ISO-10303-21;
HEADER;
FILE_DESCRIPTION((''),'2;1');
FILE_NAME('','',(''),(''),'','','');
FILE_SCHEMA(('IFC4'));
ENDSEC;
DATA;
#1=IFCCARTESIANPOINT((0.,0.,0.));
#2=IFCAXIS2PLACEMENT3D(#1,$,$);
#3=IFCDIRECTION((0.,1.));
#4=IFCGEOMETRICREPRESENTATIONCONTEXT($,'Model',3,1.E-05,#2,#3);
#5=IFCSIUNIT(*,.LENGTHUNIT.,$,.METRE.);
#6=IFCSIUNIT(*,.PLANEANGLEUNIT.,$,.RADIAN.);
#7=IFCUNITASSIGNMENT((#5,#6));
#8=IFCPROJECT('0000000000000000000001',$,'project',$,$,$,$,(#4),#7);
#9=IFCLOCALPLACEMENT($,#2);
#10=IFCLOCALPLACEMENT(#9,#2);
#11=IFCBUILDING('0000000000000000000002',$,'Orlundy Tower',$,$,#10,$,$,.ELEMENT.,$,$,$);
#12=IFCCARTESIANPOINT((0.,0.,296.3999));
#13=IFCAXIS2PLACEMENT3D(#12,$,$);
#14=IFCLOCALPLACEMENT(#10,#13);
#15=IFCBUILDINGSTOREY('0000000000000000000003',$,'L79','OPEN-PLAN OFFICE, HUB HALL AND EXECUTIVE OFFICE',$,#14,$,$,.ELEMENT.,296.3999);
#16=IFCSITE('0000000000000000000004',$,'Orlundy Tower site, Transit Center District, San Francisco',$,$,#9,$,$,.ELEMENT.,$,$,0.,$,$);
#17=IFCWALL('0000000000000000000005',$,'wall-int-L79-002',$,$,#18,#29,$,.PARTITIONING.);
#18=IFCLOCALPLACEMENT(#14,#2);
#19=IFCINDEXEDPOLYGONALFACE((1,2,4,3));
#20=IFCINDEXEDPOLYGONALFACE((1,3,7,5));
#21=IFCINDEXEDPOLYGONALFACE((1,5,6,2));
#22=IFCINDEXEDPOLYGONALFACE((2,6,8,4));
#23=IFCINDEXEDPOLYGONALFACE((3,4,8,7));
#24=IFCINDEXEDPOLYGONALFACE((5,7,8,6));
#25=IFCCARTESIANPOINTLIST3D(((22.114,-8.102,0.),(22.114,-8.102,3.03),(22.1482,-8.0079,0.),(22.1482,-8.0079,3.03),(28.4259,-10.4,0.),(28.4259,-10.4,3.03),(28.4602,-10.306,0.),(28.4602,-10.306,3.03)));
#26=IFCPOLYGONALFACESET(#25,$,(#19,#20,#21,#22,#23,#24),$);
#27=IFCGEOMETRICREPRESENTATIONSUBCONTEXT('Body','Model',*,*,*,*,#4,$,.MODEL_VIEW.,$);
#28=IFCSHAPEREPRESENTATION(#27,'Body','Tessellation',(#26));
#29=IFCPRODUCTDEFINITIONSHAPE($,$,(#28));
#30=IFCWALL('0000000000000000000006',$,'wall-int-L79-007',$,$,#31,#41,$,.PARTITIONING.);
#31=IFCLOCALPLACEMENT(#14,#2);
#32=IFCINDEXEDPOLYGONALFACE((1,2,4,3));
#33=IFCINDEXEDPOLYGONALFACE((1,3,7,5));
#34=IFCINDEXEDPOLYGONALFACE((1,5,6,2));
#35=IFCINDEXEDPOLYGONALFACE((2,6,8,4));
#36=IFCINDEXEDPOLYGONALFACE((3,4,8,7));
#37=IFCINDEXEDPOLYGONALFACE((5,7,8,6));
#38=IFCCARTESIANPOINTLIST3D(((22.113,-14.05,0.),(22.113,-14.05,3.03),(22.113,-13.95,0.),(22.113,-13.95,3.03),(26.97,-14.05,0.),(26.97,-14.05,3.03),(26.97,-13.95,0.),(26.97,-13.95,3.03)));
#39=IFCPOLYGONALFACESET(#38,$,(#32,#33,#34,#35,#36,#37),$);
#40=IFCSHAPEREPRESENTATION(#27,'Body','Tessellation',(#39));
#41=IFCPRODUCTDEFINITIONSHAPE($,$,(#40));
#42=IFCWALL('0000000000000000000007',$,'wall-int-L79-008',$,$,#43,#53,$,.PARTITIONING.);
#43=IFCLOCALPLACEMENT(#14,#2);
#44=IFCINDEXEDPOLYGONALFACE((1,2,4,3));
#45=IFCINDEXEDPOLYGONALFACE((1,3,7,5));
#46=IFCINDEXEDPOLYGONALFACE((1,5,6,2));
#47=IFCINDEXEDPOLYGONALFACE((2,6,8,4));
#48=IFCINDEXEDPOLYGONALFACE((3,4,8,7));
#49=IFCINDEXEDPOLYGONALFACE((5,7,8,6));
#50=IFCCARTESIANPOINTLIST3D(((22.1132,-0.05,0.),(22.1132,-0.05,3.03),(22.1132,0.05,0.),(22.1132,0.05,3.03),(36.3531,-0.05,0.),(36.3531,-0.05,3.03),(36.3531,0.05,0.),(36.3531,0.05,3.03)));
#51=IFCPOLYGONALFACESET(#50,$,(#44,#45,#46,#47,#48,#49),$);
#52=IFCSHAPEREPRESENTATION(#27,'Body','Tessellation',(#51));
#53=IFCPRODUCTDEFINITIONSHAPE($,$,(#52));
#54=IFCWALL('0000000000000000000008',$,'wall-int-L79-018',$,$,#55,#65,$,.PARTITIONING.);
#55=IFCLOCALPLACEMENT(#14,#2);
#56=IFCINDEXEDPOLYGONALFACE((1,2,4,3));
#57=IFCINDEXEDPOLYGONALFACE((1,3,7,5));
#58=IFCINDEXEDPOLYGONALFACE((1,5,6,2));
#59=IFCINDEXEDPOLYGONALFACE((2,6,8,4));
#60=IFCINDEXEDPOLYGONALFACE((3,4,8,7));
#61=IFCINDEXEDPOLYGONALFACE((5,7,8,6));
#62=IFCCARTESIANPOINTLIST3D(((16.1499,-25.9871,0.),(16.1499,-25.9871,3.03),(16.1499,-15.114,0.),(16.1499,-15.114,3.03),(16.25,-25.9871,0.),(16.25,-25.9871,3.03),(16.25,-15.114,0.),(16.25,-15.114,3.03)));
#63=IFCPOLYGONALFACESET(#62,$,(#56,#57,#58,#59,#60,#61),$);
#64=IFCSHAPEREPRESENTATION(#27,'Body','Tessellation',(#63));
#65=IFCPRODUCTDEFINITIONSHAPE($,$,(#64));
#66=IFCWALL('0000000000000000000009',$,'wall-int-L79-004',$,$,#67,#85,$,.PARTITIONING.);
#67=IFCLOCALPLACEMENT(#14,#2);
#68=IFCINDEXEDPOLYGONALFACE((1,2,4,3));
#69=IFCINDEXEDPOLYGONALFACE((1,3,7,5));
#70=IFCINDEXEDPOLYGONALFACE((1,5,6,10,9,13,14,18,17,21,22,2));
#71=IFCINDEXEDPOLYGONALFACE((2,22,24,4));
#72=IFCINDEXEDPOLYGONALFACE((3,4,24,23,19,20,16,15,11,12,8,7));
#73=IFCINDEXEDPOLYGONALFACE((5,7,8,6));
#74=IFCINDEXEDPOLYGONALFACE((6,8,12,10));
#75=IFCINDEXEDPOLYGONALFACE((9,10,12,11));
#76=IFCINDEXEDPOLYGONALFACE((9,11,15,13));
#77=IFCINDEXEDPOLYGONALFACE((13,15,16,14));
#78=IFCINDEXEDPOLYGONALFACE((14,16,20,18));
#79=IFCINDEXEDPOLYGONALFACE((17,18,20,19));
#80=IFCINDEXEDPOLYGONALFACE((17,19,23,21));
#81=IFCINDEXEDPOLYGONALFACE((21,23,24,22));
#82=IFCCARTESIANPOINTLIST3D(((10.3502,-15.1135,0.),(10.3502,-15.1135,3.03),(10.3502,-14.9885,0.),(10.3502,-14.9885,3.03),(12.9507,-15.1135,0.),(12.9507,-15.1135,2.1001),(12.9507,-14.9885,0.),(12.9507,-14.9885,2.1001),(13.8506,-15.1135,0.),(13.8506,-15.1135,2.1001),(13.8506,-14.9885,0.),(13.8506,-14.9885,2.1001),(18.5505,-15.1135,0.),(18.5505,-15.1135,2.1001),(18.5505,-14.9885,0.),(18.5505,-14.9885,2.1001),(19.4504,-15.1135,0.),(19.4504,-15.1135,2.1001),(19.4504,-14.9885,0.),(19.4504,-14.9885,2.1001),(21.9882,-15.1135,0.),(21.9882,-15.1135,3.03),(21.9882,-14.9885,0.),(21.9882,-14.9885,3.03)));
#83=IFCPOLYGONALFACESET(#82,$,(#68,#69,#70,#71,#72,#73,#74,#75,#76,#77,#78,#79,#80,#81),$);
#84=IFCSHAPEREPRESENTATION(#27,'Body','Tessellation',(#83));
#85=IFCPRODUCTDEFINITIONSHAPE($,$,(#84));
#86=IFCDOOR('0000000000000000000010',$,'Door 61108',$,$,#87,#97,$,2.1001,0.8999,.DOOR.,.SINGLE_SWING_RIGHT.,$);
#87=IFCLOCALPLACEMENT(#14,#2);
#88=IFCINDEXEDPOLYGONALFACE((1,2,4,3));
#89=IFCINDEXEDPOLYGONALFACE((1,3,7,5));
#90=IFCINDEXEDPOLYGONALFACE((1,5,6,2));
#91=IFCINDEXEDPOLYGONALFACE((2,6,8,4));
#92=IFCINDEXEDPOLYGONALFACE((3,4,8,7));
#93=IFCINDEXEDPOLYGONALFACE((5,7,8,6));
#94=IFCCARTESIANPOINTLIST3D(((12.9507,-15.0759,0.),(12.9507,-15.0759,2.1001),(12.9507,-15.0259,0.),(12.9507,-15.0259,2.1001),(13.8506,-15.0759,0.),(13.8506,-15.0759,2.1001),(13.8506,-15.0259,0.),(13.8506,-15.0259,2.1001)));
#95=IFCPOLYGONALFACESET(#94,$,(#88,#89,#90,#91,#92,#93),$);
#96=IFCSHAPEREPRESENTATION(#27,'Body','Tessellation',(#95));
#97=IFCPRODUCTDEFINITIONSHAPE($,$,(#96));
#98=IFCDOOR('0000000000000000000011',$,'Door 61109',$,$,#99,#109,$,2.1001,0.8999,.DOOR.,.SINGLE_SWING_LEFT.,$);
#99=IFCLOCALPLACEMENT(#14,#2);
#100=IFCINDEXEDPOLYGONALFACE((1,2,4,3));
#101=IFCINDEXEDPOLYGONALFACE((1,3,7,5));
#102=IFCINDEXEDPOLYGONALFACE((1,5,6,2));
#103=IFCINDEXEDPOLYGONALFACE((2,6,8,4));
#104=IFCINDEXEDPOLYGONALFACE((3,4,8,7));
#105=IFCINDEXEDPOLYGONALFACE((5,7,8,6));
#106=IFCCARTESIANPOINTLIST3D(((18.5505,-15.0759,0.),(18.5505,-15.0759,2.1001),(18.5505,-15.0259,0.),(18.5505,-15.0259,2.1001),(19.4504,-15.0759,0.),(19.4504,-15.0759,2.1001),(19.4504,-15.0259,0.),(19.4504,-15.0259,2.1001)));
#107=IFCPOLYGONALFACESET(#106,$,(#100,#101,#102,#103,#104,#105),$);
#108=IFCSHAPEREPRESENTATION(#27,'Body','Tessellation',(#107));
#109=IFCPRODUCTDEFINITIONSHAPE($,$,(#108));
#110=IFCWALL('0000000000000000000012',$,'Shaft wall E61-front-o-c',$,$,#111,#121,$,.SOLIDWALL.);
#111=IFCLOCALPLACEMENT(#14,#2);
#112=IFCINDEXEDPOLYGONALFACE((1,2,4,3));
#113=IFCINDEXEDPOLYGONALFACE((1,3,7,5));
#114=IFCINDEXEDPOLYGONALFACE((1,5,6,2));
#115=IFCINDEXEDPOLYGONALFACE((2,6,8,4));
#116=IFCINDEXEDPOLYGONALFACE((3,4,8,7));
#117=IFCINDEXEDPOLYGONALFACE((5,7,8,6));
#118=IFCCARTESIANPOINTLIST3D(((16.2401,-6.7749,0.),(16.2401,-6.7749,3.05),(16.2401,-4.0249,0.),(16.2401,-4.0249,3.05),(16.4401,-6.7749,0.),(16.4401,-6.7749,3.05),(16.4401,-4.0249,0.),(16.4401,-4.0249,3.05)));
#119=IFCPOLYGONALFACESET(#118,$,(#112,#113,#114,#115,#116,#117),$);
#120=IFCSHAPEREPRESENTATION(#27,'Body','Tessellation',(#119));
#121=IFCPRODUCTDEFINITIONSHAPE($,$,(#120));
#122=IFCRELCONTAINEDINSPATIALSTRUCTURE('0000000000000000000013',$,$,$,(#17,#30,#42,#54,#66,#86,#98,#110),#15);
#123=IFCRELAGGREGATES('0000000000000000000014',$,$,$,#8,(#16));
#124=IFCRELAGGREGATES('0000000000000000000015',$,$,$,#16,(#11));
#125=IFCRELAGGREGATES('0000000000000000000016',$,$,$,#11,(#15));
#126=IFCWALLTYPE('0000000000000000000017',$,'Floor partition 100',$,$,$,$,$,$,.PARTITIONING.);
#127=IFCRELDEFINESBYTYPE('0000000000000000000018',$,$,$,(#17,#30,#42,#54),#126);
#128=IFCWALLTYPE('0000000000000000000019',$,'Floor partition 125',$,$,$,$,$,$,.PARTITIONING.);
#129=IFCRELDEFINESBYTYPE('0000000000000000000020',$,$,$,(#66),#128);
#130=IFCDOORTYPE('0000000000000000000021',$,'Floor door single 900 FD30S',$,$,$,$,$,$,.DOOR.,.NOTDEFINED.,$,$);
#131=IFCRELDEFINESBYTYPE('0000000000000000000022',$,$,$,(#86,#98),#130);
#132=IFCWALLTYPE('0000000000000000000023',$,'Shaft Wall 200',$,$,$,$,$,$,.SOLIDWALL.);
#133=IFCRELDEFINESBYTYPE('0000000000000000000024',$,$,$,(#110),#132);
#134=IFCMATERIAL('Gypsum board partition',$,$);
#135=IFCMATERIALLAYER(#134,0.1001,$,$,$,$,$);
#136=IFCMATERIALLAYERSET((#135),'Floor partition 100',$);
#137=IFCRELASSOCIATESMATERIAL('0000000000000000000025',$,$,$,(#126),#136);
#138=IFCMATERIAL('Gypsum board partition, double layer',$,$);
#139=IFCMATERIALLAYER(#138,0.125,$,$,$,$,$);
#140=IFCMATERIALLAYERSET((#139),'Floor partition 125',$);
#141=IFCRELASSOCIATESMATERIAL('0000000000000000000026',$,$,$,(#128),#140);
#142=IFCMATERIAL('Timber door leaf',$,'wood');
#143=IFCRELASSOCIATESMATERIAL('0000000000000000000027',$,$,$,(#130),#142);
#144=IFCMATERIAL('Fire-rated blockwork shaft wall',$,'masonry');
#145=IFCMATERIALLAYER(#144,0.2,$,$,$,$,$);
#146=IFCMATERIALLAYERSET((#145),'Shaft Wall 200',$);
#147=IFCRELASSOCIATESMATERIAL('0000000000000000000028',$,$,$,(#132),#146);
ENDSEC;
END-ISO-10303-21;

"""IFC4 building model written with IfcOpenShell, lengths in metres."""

from ifc_helpers import new_model, si_unit, direction, frame, frame_2d, origin, place, context, subcontext, project, spatial, rectangle, extrude, material, layer, layer_set, type_object, element, fill, save


model = new_model("IFC4")

# Units and contexts
model_context = context("Model", 3, precision=1e-05, world=origin(), true_north=direction((0.0, 1.0)))
body_context = subcontext(model_context, "Body", "Model", "MODEL_VIEW")
ifc_project = project(units=[si_unit("LENGTHUNIT", "METRE"), si_unit("PLANEANGLEUNIT", "RADIAN")], contexts=[model_context])

# Site, building, storey
site_placement = place(None, origin())
site = spatial("IfcSite", under=ifc_project, at=site_placement, Name="Orlundy Tower site, Transit Center District, San Francisco", CompositionType="ELEMENT", RefElevation=0.0)
building_placement = place(site_placement, origin())
building = spatial("IfcBuilding", under=site, at=building_placement, Name="Orlundy Tower", CompositionType="ELEMENT")
storey_placement = place(building_placement, frame((0.0, 0.0, 296.3999)))
storey = spatial("IfcBuildingStorey", under=building, at=storey_placement, Name="L79", Description="OPEN-PLAN OFFICE, HUB HALL AND EXECUTIVE OFFICE", CompositionType="ELEMENT", Elevation=296.3999)

# Walls
ifc_material_1 = material(Name="Gypsum board partition")
ifc_layer_1 = layer(ifc_material_1, 0.1001)
ifc_layer_set_1 = layer_set([ifc_layer_1], Name="Floor partition 100")
wall_type_1 = type_object("IfcWallType", Name="Floor partition 100", PredefinedType="PARTITIONING", material=ifc_layer_set_1)
wall_1_placement = place(storey_placement, frame((22.1311, -8.0549, 0.0), z_axis=(0.0, 0.0, 1.0), x_axis=(0.939659, -0.342114, 0.0)))
element("IfcWall", 1, at=wall_1_placement, inside=storey, type_object=wall_type_1, Name="wall-int-L79-002", PredefinedType="PARTITIONING", context=body_context, shape_type="SweptSolid", body=[
    extrude(rectangle(XDim=6.7173, YDim=0.1001, at=frame_2d((3.3586, 0.0))), origin(), (0.0, 0.0, 1.0), 3.03),
])
wall_2_placement = place(storey_placement, frame((22.113, -14.0, 0.0), z_axis=(0.0, 0.0, 1.0), x_axis=(1.0, 0.0, 0.0)))
element("IfcWall", 2, at=wall_2_placement, inside=storey, type_object=wall_type_1, Name="wall-int-L79-007", PredefinedType="PARTITIONING", context=body_context, shape_type="SweptSolid", body=[
    extrude(rectangle(XDim=4.8569, YDim=0.1001, at=frame_2d((2.4285, 0.0))), origin(), (0.0, 0.0, 1.0), 3.03),
])
wall_3_placement = place(storey_placement, frame((22.113, 0.0, 0.0), z_axis=(0.0, 0.0, 1.0), x_axis=(1.0, 0.0, 0.0)))
element("IfcWall", 3, at=wall_3_placement, inside=storey, type_object=wall_type_1, Name="wall-int-L79-008", PredefinedType="PARTITIONING", context=body_context, shape_type="SweptSolid", body=[
    extrude(rectangle(XDim=14.24, YDim=0.1001, at=frame_2d((7.1201, 0.0))), origin(), (0.0, 0.0, 1.0), 3.03),
])
wall_4_placement = place(storey_placement, frame((16.2, -25.9871, 0.0), z_axis=(0.0, 0.0, 1.0), x_axis=(0.0, 1.0, 0.0)))
element("IfcWall", 4, at=wall_4_placement, inside=storey, type_object=wall_type_1, Name="wall-int-L79-018", PredefinedType="PARTITIONING", context=body_context, shape_type="SweptSolid", body=[
    extrude(rectangle(XDim=10.873, YDim=0.1001, at=frame_2d((5.4365, 0.0))), origin(), (0.0, 0.0, 1.0), 3.03),
])

# Wall, openings, doors
ifc_material_2 = material(Name="Gypsum board partition, double layer")
ifc_layer_2 = layer(ifc_material_2, 0.125)
ifc_layer_set_2 = layer_set([ifc_layer_2], Name="Floor partition 125")
wall_type_2 = type_object("IfcWallType", Name="Floor partition 125", PredefinedType="PARTITIONING", material=ifc_layer_set_2)
wall_5_placement = place(storey_placement, frame((21.988, -15.051, 0.0), z_axis=(0.0, 0.0, 1.0), x_axis=(-1.0, 0.0, 0.0)))
wall_5 = element("IfcWall", 5, at=wall_5_placement, inside=storey, type_object=wall_type_2, Name="wall-int-L79-004", PredefinedType="PARTITIONING", context=body_context, shape_type="SweptSolid", body=[
    extrude(rectangle(XDim=11.6379, YDim=0.125, at=frame_2d((5.8188, 0.0))), origin(), (0.0, 0.0, 1.0), 3.03),
])
opening_1_placement = place(wall_5_placement, frame((8.1375, 0.0, 0.0)))
opening_1 = element("IfcOpeningElement", 6, at=opening_1_placement, cuts=wall_5, PredefinedType="OPENING", context=body_context, shape_type="SweptSolid", body=[
    extrude(rectangle(XDim=0.8999, YDim=2.1001, at=frame_2d((0.45, 1.05))), frame((0.0, 0.0725, 0.0), z_axis=(0.0, -1.0, 0.0), x_axis=(1.0, 0.0, 0.0)), (0.0, 0.0, 1.0), 0.145),
])
opening_2_placement = place(wall_5_placement, frame((2.5376, 0.0, 0.0)))
opening_2 = element("IfcOpeningElement", 7, at=opening_2_placement, cuts=wall_5, PredefinedType="OPENING", context=body_context, shape_type="SweptSolid", body=[
    extrude(rectangle(XDim=0.8999, YDim=2.1001, at=frame_2d((0.45, 1.05))), frame((0.0, 0.0725, 0.0), z_axis=(0.0, -1.0, 0.0), x_axis=(1.0, 0.0, 0.0)), (0.0, 0.0, 1.0), 0.145),
])
ifc_material_3 = material(Name="Timber door leaf", Category="wood")
door_type_1 = type_object("IfcDoorType", Name="Floor door single 900 FD30S", OperationType="NOTDEFINED", PredefinedType="DOOR", material=ifc_material_3)
door_1_placement = place(opening_1_placement, origin())
door_1 = element("IfcDoor", 8, at=door_1_placement, inside=storey, type_object=door_type_1, Name="Door 61108", OperationType="SINGLE_SWING_RIGHT", OverallHeight=2.1001, OverallWidth=0.8999, PredefinedType="DOOR", context=body_context, shape_type="SweptSolid", body=[
    extrude(rectangle(XDim=0.8999, YDim=2.1001, at=frame_2d((0.45, 1.05))), frame((0.0, 0.0249, 0.0), z_axis=(0.0, -1.0, 0.0), x_axis=(1.0, 0.0, 0.0)), (0.0, 0.0, 1.0), 0.05),
])
fill(opening_1, door_1)
door_2_placement = place(opening_2_placement, origin())
door_2 = element("IfcDoor", 9, at=door_2_placement, inside=storey, type_object=door_type_1, Name="Door 61109", OperationType="SINGLE_SWING_LEFT", OverallHeight=2.1001, OverallWidth=0.8999, PredefinedType="DOOR", context=body_context, shape_type="SweptSolid", body=[
    extrude(rectangle(XDim=0.8999, YDim=2.1001, at=frame_2d((0.45, 1.05))), frame((0.0, 0.0249, 0.0), z_axis=(0.0, -1.0, 0.0), x_axis=(1.0, 0.0, 0.0)), (0.0, 0.0, 1.0), 0.05),
])
fill(opening_2, door_2)

# Wall
ifc_material_4 = material(Name="Fire-rated blockwork shaft wall", Category="masonry")
ifc_layer_3 = layer(ifc_material_4, 0.2)
ifc_layer_set_3 = layer_set([ifc_layer_3], Name="Shaft Wall 200")
wall_type_3 = type_object("IfcWallType", Name="Shaft Wall 200", PredefinedType="SOLIDWALL", material=ifc_layer_set_3)
wall_6_placement = place(storey_placement, frame((16.3401, -4.0249, 0.0), z_axis=(0.0, 0.0, 1.0), x_axis=(0.0, -1.0, 0.0)))
element("IfcWall", 10, at=wall_6_placement, inside=storey, type_object=wall_type_3, Name="Shaft wall E61-front-o-c", PredefinedType="SOLIDWALL", context=body_context, shape_type="SweptSolid", body=[
    extrude(rectangle(XDim=2.75, YDim=0.2, at=frame_2d((1.375, 0.0))), origin(), (0.0, 0.0, 1.0), 3.05),
])

save(model, "model.ifc")
